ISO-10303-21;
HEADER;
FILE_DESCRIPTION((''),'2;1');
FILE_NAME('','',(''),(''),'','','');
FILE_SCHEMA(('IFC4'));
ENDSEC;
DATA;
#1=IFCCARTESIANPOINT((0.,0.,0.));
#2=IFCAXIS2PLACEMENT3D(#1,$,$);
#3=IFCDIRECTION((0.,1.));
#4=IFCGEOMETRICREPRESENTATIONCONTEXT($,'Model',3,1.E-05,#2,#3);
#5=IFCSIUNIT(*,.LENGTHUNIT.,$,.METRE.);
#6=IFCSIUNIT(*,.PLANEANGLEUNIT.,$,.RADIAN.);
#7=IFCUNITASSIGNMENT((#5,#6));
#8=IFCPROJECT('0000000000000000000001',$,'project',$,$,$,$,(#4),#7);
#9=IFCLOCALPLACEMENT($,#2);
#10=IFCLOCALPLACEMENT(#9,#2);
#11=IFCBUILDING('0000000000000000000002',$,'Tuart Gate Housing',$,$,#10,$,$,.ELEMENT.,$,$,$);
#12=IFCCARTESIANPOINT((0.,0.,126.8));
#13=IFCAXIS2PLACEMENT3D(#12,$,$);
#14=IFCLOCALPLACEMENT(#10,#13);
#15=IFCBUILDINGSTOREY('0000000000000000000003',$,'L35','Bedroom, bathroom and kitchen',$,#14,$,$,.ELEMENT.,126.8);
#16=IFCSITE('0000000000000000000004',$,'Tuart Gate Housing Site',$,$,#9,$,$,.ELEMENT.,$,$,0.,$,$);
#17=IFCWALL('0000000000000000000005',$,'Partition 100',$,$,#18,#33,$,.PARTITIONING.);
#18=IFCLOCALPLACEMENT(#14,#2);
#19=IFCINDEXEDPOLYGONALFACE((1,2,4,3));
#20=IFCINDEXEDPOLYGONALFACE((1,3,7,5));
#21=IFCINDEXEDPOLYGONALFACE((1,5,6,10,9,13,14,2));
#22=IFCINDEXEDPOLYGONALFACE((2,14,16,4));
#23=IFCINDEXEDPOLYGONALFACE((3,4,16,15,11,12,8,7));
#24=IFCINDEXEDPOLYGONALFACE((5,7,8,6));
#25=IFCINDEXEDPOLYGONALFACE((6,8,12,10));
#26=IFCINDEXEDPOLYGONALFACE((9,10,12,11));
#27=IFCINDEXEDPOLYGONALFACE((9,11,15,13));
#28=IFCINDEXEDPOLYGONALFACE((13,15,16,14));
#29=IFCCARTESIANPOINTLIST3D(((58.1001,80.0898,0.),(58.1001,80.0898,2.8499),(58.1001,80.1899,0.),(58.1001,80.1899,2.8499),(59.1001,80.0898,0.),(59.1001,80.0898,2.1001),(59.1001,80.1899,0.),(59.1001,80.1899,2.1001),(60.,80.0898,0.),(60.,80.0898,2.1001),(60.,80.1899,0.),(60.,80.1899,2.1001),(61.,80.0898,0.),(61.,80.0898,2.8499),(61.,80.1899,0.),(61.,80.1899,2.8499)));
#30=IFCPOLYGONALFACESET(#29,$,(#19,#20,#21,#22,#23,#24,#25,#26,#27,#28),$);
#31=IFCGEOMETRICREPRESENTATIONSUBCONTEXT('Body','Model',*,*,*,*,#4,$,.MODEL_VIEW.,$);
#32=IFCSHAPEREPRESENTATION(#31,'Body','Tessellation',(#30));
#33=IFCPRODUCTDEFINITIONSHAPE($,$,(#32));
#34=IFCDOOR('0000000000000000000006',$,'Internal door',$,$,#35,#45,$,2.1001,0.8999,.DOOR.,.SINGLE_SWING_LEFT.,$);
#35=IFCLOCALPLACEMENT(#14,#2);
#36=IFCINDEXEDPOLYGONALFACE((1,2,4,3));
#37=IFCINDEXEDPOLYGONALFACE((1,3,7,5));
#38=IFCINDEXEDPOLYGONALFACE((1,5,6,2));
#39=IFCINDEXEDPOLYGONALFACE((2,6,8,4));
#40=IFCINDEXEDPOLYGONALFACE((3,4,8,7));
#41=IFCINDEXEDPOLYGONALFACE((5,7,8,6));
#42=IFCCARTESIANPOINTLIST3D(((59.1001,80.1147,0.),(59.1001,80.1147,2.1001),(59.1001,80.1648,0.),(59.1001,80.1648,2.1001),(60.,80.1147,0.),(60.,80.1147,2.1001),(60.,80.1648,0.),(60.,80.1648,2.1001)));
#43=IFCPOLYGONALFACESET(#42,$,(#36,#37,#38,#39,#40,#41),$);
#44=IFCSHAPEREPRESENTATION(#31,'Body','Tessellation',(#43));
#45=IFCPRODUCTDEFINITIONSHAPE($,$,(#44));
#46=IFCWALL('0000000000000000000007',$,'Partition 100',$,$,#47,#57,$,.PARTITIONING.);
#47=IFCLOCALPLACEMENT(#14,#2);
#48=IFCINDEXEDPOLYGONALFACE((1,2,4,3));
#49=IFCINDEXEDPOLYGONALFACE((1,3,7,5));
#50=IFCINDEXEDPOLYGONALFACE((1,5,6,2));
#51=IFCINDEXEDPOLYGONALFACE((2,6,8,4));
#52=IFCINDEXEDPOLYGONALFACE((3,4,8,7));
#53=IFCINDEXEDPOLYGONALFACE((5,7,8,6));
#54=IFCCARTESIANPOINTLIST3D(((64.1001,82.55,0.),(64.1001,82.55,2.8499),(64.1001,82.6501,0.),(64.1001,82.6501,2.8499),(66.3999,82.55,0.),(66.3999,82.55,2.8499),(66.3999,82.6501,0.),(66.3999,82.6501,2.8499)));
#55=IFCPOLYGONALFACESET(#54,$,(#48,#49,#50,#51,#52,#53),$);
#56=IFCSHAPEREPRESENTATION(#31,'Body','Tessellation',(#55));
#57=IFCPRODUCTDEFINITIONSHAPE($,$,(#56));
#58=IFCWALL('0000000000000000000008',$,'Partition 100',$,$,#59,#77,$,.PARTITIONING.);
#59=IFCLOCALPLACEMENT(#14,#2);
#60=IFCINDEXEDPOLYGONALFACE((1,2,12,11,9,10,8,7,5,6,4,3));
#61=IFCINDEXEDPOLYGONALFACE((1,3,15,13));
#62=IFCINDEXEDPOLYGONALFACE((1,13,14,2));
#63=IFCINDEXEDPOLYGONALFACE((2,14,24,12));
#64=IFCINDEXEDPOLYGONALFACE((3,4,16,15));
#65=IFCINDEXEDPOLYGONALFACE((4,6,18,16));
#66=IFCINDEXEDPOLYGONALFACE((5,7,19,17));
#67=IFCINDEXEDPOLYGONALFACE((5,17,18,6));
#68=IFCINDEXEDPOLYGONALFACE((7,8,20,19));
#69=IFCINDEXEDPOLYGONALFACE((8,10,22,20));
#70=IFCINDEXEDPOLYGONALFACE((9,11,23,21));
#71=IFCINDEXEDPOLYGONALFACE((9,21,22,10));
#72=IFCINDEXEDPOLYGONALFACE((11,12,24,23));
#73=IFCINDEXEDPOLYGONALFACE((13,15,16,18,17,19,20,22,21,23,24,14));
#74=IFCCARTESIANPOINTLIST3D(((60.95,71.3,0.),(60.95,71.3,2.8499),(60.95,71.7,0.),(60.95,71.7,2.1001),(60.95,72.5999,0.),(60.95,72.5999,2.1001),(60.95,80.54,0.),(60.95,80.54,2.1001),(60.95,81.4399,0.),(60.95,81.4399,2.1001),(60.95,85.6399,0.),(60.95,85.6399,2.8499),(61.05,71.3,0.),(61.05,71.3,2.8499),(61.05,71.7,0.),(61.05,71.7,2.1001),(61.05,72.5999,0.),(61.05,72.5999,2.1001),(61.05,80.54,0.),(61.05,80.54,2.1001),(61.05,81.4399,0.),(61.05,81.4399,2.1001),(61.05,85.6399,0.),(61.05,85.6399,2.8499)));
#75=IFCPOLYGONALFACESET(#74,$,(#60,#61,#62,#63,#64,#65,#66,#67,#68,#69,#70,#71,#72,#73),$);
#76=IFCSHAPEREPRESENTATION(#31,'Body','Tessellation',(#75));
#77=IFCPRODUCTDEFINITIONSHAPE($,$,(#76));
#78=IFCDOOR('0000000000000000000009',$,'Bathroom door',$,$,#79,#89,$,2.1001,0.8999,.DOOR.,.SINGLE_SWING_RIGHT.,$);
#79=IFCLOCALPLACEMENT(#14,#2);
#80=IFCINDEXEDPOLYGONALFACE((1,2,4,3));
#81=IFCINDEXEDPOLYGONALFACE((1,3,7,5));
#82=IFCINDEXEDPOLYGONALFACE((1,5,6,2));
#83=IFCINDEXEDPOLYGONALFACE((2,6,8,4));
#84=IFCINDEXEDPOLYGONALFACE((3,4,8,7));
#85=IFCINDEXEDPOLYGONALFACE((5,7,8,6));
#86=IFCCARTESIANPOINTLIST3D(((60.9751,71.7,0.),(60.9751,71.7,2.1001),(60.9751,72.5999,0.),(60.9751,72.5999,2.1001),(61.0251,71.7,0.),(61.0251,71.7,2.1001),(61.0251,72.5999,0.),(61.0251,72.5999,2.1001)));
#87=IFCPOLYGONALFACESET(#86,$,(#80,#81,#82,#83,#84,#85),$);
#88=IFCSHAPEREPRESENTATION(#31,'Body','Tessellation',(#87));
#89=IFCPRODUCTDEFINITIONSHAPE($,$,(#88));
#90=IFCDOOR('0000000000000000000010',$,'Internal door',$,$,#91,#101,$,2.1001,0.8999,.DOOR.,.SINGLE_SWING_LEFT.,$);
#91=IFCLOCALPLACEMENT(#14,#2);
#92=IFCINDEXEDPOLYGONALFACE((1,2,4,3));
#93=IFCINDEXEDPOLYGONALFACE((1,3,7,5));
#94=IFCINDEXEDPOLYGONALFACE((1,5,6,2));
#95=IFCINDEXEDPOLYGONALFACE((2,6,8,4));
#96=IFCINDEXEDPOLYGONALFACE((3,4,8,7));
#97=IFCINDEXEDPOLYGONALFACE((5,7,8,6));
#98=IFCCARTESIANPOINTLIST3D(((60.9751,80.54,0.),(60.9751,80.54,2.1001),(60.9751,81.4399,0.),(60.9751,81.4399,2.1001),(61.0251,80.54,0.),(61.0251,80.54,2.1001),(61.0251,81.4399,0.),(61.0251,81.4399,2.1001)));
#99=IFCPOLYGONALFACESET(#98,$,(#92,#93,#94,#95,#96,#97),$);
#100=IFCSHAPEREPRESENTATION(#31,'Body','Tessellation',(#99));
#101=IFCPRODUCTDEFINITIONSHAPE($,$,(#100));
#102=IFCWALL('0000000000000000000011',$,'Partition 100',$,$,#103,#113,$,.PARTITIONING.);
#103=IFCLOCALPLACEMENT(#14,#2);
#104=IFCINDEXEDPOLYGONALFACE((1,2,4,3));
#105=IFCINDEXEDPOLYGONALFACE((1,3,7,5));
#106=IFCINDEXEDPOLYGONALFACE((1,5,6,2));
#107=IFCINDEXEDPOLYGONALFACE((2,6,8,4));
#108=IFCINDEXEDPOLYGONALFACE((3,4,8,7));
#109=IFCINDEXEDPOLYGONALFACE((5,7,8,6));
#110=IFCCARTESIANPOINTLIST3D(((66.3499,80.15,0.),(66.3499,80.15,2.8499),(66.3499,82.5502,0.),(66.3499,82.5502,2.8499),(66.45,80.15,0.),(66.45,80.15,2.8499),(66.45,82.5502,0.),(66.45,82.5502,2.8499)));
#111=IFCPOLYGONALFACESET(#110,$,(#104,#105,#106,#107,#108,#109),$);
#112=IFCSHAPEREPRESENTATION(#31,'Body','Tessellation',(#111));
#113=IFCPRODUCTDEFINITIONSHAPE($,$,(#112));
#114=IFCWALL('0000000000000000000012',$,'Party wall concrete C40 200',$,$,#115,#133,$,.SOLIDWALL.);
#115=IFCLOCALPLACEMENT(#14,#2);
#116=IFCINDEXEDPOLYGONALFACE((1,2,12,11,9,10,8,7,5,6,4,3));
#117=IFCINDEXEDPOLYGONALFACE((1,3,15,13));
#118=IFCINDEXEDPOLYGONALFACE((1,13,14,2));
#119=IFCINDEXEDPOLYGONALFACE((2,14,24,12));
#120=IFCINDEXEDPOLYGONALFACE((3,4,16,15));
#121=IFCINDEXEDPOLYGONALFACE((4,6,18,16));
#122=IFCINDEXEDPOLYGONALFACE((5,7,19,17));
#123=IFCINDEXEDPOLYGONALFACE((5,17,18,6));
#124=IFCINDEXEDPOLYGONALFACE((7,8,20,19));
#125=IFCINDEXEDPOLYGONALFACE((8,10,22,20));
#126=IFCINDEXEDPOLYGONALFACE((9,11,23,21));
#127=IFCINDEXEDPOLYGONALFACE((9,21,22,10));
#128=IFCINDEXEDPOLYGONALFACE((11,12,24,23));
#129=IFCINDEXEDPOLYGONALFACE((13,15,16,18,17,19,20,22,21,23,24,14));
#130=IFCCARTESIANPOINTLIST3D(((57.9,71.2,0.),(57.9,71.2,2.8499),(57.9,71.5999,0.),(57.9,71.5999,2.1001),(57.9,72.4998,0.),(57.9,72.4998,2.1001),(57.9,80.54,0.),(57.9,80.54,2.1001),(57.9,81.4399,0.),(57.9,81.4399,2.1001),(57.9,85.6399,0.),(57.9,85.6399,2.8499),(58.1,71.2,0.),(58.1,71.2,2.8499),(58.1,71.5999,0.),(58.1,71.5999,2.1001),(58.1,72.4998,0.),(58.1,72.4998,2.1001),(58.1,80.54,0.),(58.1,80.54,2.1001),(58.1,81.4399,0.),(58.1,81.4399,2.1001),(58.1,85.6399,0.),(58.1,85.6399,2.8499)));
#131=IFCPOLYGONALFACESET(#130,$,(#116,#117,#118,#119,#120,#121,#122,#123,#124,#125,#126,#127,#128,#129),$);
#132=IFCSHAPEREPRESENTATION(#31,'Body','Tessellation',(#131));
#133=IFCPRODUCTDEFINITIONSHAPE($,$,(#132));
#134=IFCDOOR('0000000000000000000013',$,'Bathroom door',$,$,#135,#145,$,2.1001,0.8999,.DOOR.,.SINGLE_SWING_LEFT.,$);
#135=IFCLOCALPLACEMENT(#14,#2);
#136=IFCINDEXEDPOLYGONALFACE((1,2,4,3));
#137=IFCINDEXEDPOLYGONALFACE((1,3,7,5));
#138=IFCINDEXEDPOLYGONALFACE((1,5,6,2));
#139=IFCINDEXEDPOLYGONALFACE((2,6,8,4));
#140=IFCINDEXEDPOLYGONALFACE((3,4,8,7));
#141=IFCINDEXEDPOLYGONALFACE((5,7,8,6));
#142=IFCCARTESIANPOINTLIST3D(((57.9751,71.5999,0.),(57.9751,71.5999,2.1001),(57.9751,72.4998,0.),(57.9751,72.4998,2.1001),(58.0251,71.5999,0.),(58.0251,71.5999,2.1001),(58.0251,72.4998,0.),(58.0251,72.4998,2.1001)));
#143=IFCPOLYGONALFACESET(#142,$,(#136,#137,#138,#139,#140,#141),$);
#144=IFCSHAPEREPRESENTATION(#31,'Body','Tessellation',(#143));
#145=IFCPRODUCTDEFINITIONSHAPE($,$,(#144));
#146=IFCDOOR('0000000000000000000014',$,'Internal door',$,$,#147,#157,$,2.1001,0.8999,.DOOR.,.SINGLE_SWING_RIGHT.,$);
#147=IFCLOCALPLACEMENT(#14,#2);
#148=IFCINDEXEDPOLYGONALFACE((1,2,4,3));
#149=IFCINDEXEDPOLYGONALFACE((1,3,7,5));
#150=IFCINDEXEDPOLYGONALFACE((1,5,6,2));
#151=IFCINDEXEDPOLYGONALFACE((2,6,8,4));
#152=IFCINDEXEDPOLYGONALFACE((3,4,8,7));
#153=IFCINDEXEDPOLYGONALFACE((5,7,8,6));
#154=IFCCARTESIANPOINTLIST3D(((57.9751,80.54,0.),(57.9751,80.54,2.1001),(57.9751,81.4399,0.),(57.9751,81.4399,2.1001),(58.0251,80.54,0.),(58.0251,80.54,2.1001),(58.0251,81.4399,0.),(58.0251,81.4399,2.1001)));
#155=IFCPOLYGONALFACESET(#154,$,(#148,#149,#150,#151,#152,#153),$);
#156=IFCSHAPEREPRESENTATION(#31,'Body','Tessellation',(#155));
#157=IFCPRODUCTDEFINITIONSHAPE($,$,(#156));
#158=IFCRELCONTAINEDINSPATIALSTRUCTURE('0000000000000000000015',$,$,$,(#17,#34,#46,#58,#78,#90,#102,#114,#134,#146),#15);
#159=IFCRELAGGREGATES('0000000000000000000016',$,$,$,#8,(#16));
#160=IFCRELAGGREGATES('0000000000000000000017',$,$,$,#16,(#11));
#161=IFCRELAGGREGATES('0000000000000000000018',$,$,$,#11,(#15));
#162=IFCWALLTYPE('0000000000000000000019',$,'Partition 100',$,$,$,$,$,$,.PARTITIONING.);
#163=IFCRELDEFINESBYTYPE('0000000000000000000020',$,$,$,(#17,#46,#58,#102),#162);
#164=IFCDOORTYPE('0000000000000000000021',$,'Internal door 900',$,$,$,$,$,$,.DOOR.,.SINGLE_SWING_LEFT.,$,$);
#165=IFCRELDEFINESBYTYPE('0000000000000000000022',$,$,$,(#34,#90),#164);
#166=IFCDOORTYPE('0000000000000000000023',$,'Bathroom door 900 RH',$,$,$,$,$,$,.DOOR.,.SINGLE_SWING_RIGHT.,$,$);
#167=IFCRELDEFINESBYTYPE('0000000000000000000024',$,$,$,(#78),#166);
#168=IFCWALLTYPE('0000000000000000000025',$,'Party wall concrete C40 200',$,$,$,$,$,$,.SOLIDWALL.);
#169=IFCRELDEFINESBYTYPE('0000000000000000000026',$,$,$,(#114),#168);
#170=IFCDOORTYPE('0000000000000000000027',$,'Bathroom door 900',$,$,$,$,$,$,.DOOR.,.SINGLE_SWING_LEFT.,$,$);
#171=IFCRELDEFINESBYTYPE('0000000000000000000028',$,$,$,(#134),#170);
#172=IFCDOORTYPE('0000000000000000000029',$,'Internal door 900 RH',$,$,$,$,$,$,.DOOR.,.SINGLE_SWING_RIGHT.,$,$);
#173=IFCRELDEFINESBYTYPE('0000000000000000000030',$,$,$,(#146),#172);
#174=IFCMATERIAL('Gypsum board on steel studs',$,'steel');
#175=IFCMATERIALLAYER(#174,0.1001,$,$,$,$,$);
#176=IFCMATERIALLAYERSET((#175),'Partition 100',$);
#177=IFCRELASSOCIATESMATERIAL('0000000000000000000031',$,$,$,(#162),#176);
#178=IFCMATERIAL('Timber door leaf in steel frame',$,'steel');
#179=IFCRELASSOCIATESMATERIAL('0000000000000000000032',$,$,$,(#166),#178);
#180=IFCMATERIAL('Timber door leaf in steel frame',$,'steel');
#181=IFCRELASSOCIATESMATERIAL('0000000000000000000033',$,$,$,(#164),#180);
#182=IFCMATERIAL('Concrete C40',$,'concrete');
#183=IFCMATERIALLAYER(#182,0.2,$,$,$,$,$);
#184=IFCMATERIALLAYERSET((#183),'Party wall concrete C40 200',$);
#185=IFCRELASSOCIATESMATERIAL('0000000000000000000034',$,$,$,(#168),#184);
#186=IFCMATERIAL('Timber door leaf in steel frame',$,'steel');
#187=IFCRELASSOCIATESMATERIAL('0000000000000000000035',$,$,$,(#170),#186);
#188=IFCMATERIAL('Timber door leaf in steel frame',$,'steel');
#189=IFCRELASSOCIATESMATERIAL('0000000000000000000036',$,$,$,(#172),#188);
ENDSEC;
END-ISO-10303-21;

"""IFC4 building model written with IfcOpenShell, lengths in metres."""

from ifc_helpers import new_model, si_unit, direction, frame, frame_2d, origin, place, context, subcontext, project, spatial, rectangle, extrude, material, layer, layer_set, type_object, element, fill, save


model = new_model("IFC4")

# Units and contexts
model_context = context("Model", 3, precision=1e-05, world=origin(), true_north=direction((0.0, 1.0)))
body_context = subcontext(model_context, "Body", "Model", "MODEL_VIEW")
ifc_project = project(units=[si_unit("LENGTHUNIT", "METRE"), si_unit("PLANEANGLEUNIT", "RADIAN")], contexts=[model_context])

# Site, building, storey
site_placement = place(None, origin())
site = spatial("IfcSite", under=ifc_project, at=site_placement, Name="Tuart Gate Housing Site", CompositionType="ELEMENT", RefElevation=0.0)
building_placement = place(site_placement, origin())
building = spatial("IfcBuilding", under=site, at=building_placement, Name="Tuart Gate Housing", CompositionType="ELEMENT")
storey_placement = place(building_placement, frame((0.0, 0.0, 126.8)))
storey = spatial("IfcBuildingStorey", under=building, at=storey_placement, Name="L35", Description="Bedroom, bathroom and kitchen", CompositionType="ELEMENT", Elevation=126.8)

# Shared definitions
ifc_material_1 = material(Name="Gypsum board on steel studs", Category="steel")
ifc_layer_1 = layer(ifc_material_1, 0.1001)
ifc_layer_set_1 = layer_set([ifc_layer_1], Name="Partition 100")
wall_type_1 = type_object("IfcWallType", Name="Partition 100", PredefinedType="PARTITIONING", material=ifc_layer_set_1)

# Shared definitions
ifc_material_2 = material(Name="Timber door leaf in steel frame", Category="steel")
door_type_1 = type_object("IfcDoorType", Name="Bathroom door 900 RH", OperationType="SINGLE_SWING_RIGHT", PredefinedType="DOOR", material=ifc_material_2)
ifc_material_3 = material(Name="Timber door leaf in steel frame", Category="steel")
door_type_2 = type_object("IfcDoorType", Name="Internal door 900", OperationType="SINGLE_SWING_LEFT", PredefinedType="DOOR", material=ifc_material_3)

# Wall, opening, door
wall_1_placement = place(storey_placement, frame((58.1001, 80.1399, 0.0), z_axis=(0.0, 0.0, 1.0), x_axis=(1.0, 0.0, 0.0)))
wall_1 = element("IfcWall", 1, at=wall_1_placement, inside=storey, type_object=wall_type_1, Name="Partition 100", PredefinedType="PARTITIONING", context=body_context, shape_type="SweptSolid", body=[
    extrude(rectangle(XDim=2.8999, YDim=0.1001, at=frame_2d((1.45, 0.0))), origin(), (0.0, 0.0, 1.0), 2.8499),
])
opening_1_placement = place(wall_1_placement, frame((1.0, 0.0, 0.0)))
opening_1 = element("IfcOpeningElement", 2, at=opening_1_placement, cuts=wall_1, PredefinedType="OPENING", context=body_context, shape_type="SweptSolid", body=[
    extrude(rectangle(XDim=0.8999, YDim=2.1001, at=frame_2d((0.45, 1.05))), frame((0.0, 0.0601, 0.0), z_axis=(0.0, -1.0, 0.0), x_axis=(1.0, 0.0, 0.0)), (0.0, 0.0, 1.0), 0.1201),
])
door_1_placement = place(opening_1_placement, frame((0.8999, 0.0, 0.0), z_axis=(0.0, 0.0, 1.0), x_axis=(-1.0, 0.0, 0.0)))
door_1 = element("IfcDoor", 3, at=door_1_placement, inside=storey, type_object=door_type_2, Name="Internal door", OperationType="SINGLE_SWING_LEFT", OverallHeight=2.1001, OverallWidth=0.8999, PredefinedType="DOOR", context=body_context, shape_type="SweptSolid", body=[
    extrude(rectangle(XDim=0.8999, YDim=2.1001, at=frame_2d((0.45, 1.05))), frame((0.0, 0.0251, 0.0), z_axis=(0.0, -1.0, 0.0), x_axis=(1.0, 0.0, 0.0)), (0.0, 0.0, 1.0), 0.05),
])
fill(opening_1, door_1)

# Wall
wall_2_placement = place(storey_placement, frame((64.1001, 82.6001, 0.0), z_axis=(0.0, 0.0, 1.0), x_axis=(1.0, 0.0, 0.0)))
element("IfcWall", 4, at=wall_2_placement, inside=storey, type_object=wall_type_1, Name="Partition 100", PredefinedType="PARTITIONING", context=body_context, shape_type="SweptSolid", body=[
    extrude(rectangle(XDim=2.2998, YDim=0.1001, at=frame_2d((1.1499, 0.0))), origin(), (0.0, 0.0, 1.0), 2.8499),
])

# Wall, openings, doors
wall_3_placement = place(storey_placement, frame((61.0, 71.3, 0.0), z_axis=(0.0, 0.0, 1.0), x_axis=(0.0, 1.0, 0.0)))
wall_3 = element("IfcWall", 5, at=wall_3_placement, inside=storey, type_object=wall_type_1, Name="Partition 100", PredefinedType="PARTITIONING", context=body_context, shape_type="SweptSolid", body=[
    extrude(rectangle(XDim=14.3398, YDim=0.1001, at=frame_2d((7.1699, 0.0))), origin(), (0.0, 0.0, 1.0), 2.8499),
])
opening_2_placement = place(wall_3_placement, frame((9.24, 0.0, 0.0)))
opening_2 = element("IfcOpeningElement", 6, at=opening_2_placement, cuts=wall_3, PredefinedType="OPENING", context=body_context, shape_type="SweptSolid", body=[
    extrude(rectangle(XDim=0.8999, YDim=2.1001, at=frame_2d((0.45, 1.05))), frame((0.0, 0.0601, 0.0), z_axis=(0.0, -1.0, 0.0), x_axis=(1.0, 0.0, 0.0)), (0.0, 0.0, 1.0), 0.1201),
])
opening_3_placement = place(wall_3_placement, frame((0.3999, 0.0, 0.0)))
opening_3 = element("IfcOpeningElement", 7, at=opening_3_placement, cuts=wall_3, PredefinedType="OPENING", context=body_context, shape_type="SweptSolid", body=[
    extrude(rectangle(XDim=0.8999, YDim=2.1001, at=frame_2d((0.45, 1.05))), frame((0.0, 0.0601, 0.0), z_axis=(0.0, -1.0, 0.0), x_axis=(1.0, 0.0, 0.0)), (0.0, 0.0, 1.0), 0.1201),
])
door_2_placement = place(opening_3_placement, frame((0.8999, 0.0, 0.0), z_axis=(0.0, 0.0, 1.0), x_axis=(-1.0, 0.0, 0.0)))
door_2 = element("IfcDoor", 8, at=door_2_placement, inside=storey, type_object=door_type_1, Name="Bathroom door", OperationType="SINGLE_SWING_RIGHT", OverallHeight=2.1001, OverallWidth=0.8999, PredefinedType="DOOR", context=body_context, shape_type="SweptSolid", body=[
    extrude(rectangle(XDim=0.8999, YDim=2.1001, at=frame_2d((0.45, 1.05))), frame((0.0, 0.0251, 0.0), z_axis=(0.0, -1.0, 0.0), x_axis=(1.0, 0.0, 0.0)), (0.0, 0.0, 1.0), 0.05),
])
fill(opening_3, door_2)
door_3_placement = place(opening_2_placement, frame((0.8999, 0.0, 0.0), z_axis=(0.0, 0.0, 1.0), x_axis=(-1.0, 0.0, 0.0)))
door_3 = element("IfcDoor", 9, at=door_3_placement, inside=storey, type_object=door_type_2, Name="Internal door", OperationType="SINGLE_SWING_LEFT", OverallHeight=2.1001, OverallWidth=0.8999, PredefinedType="DOOR", context=body_context, shape_type="SweptSolid", body=[
    extrude(rectangle(XDim=0.8999, YDim=2.1001, at=frame_2d((0.45, 1.05))), frame((0.0, 0.0251, 0.0), z_axis=(0.0, -1.0, 0.0), x_axis=(1.0, 0.0, 0.0)), (0.0, 0.0, 1.0), 0.05),
])
fill(opening_2, door_3)

# Wall
wall_4_placement = place(storey_placement, frame((66.3999, 80.1499, 0.0), z_axis=(0.0, 0.0, 1.0), x_axis=(0.0, 1.0, 0.0)))
element("IfcWall", 10, at=wall_4_placement, inside=storey, type_object=wall_type_1, Name="Partition 100", PredefinedType="PARTITIONING", context=body_context, shape_type="SweptSolid", body=[
    extrude(rectangle(XDim=2.4001, YDim=0.1001, at=frame_2d((1.2002, 0.0))), origin(), (0.0, 0.0, 1.0), 2.8499),
])

# Wall, openings, doors
ifc_material_4 = material(Name="Concrete C40", Category="concrete")
ifc_layer_2 = layer(ifc_material_4, 0.2)
ifc_layer_set_2 = layer_set([ifc_layer_2], Name="Party wall concrete C40 200")
wall_type_2 = type_object("IfcWallType", Name="Party wall concrete C40 200", PredefinedType="SOLIDWALL", material=ifc_layer_set_2)
wall_5_placement = place(storey_placement, frame((58.0, 71.2, 0.0), z_axis=(0.0, 0.0, 1.0), x_axis=(0.0, 1.0, 0.0)))
wall_5 = element("IfcWall", 11, at=wall_5_placement, inside=storey, type_object=wall_type_2, Name="Party wall concrete C40 200", PredefinedType="SOLIDWALL", context=body_context, shape_type="SweptSolid", body=[
    extrude(rectangle(XDim=14.4399, YDim=0.2, at=frame_2d((7.22, 0.0))), origin(), (0.0, 0.0, 1.0), 2.8499),
])
opening_4_placement = place(wall_5_placement, frame((9.3401, 0.0, 0.0)))
opening_4 = element("IfcOpeningElement", 12, at=opening_4_placement, cuts=wall_5, PredefinedType="OPENING", context=body_context, shape_type="SweptSolid", body=[
    extrude(rectangle(XDim=0.8999, YDim=2.1001, at=frame_2d((0.45, 1.05))), frame((0.0, 0.1099, 0.0), z_axis=(0.0, -1.0, 0.0), x_axis=(1.0, 0.0, 0.0)), (0.0, 0.0, 1.0), 0.22),
])
opening_5_placement = place(wall_5_placement, frame((0.3999, 0.0, 0.0)))
opening_5 = element("IfcOpeningElement", 13, at=opening_5_placement, cuts=wall_5, PredefinedType="OPENING", context=body_context, shape_type="SweptSolid", body=[
    extrude(rectangle(XDim=0.8999, YDim=2.1001, at=frame_2d((0.45, 1.05))), frame((0.0, 0.1099, 0.0), z_axis=(0.0, -1.0, 0.0), x_axis=(1.0, 0.0, 0.0)), (0.0, 0.0, 1.0), 0.22),
])
ifc_material_5 = material(Name="Timber door leaf in steel frame", Category="steel")
door_type_3 = type_object("IfcDoorType", Name="Bathroom door 900", OperationType="SINGLE_SWING_LEFT", PredefinedType="DOOR", material=ifc_material_5)
door_4_placement = place(opening_5_placement, origin())
door_4 = element("IfcDoor", 14, at=door_4_placement, inside=storey, type_object=door_type_3, Name="Bathroom door", OperationType="SINGLE_SWING_LEFT", OverallHeight=2.1001, OverallWidth=0.8999, PredefinedType="DOOR", context=body_context, shape_type="SweptSolid", body=[
    extrude(rectangle(XDim=0.8999, YDim=2.1001, at=frame_2d((0.45, 1.05))), frame((0.0, 0.0249, 0.0), z_axis=(0.0, -1.0, 0.0), x_axis=(1.0, 0.0, 0.0)), (0.0, 0.0, 1.0), 0.05),
])
fill(opening_5, door_4)
ifc_material_6 = material(Name="Timber door leaf in steel frame", Category="steel")
door_type_4 = type_object("IfcDoorType", Name="Internal door 900 RH", OperationType="SINGLE_SWING_RIGHT", PredefinedType="DOOR", material=ifc_material_6)
door_5_placement = place(opening_4_placement, origin())
door_5 = element("IfcDoor", 15, at=door_5_placement, inside=storey, type_object=door_type_4, Name="Internal door", OperationType="SINGLE_SWING_RIGHT", OverallHeight=2.1001, OverallWidth=0.8999, PredefinedType="DOOR", context=body_context, shape_type="SweptSolid", body=[
    extrude(rectangle(XDim=0.8999, YDim=2.1001, at=frame_2d((0.45, 1.05))), frame((0.0, 0.0249, 0.0), z_axis=(0.0, -1.0, 0.0), x_axis=(1.0, 0.0, 0.0)), (0.0, 0.0, 1.0), 0.05),
])
fill(opening_4, door_5)

save(model, "model.ifc")
